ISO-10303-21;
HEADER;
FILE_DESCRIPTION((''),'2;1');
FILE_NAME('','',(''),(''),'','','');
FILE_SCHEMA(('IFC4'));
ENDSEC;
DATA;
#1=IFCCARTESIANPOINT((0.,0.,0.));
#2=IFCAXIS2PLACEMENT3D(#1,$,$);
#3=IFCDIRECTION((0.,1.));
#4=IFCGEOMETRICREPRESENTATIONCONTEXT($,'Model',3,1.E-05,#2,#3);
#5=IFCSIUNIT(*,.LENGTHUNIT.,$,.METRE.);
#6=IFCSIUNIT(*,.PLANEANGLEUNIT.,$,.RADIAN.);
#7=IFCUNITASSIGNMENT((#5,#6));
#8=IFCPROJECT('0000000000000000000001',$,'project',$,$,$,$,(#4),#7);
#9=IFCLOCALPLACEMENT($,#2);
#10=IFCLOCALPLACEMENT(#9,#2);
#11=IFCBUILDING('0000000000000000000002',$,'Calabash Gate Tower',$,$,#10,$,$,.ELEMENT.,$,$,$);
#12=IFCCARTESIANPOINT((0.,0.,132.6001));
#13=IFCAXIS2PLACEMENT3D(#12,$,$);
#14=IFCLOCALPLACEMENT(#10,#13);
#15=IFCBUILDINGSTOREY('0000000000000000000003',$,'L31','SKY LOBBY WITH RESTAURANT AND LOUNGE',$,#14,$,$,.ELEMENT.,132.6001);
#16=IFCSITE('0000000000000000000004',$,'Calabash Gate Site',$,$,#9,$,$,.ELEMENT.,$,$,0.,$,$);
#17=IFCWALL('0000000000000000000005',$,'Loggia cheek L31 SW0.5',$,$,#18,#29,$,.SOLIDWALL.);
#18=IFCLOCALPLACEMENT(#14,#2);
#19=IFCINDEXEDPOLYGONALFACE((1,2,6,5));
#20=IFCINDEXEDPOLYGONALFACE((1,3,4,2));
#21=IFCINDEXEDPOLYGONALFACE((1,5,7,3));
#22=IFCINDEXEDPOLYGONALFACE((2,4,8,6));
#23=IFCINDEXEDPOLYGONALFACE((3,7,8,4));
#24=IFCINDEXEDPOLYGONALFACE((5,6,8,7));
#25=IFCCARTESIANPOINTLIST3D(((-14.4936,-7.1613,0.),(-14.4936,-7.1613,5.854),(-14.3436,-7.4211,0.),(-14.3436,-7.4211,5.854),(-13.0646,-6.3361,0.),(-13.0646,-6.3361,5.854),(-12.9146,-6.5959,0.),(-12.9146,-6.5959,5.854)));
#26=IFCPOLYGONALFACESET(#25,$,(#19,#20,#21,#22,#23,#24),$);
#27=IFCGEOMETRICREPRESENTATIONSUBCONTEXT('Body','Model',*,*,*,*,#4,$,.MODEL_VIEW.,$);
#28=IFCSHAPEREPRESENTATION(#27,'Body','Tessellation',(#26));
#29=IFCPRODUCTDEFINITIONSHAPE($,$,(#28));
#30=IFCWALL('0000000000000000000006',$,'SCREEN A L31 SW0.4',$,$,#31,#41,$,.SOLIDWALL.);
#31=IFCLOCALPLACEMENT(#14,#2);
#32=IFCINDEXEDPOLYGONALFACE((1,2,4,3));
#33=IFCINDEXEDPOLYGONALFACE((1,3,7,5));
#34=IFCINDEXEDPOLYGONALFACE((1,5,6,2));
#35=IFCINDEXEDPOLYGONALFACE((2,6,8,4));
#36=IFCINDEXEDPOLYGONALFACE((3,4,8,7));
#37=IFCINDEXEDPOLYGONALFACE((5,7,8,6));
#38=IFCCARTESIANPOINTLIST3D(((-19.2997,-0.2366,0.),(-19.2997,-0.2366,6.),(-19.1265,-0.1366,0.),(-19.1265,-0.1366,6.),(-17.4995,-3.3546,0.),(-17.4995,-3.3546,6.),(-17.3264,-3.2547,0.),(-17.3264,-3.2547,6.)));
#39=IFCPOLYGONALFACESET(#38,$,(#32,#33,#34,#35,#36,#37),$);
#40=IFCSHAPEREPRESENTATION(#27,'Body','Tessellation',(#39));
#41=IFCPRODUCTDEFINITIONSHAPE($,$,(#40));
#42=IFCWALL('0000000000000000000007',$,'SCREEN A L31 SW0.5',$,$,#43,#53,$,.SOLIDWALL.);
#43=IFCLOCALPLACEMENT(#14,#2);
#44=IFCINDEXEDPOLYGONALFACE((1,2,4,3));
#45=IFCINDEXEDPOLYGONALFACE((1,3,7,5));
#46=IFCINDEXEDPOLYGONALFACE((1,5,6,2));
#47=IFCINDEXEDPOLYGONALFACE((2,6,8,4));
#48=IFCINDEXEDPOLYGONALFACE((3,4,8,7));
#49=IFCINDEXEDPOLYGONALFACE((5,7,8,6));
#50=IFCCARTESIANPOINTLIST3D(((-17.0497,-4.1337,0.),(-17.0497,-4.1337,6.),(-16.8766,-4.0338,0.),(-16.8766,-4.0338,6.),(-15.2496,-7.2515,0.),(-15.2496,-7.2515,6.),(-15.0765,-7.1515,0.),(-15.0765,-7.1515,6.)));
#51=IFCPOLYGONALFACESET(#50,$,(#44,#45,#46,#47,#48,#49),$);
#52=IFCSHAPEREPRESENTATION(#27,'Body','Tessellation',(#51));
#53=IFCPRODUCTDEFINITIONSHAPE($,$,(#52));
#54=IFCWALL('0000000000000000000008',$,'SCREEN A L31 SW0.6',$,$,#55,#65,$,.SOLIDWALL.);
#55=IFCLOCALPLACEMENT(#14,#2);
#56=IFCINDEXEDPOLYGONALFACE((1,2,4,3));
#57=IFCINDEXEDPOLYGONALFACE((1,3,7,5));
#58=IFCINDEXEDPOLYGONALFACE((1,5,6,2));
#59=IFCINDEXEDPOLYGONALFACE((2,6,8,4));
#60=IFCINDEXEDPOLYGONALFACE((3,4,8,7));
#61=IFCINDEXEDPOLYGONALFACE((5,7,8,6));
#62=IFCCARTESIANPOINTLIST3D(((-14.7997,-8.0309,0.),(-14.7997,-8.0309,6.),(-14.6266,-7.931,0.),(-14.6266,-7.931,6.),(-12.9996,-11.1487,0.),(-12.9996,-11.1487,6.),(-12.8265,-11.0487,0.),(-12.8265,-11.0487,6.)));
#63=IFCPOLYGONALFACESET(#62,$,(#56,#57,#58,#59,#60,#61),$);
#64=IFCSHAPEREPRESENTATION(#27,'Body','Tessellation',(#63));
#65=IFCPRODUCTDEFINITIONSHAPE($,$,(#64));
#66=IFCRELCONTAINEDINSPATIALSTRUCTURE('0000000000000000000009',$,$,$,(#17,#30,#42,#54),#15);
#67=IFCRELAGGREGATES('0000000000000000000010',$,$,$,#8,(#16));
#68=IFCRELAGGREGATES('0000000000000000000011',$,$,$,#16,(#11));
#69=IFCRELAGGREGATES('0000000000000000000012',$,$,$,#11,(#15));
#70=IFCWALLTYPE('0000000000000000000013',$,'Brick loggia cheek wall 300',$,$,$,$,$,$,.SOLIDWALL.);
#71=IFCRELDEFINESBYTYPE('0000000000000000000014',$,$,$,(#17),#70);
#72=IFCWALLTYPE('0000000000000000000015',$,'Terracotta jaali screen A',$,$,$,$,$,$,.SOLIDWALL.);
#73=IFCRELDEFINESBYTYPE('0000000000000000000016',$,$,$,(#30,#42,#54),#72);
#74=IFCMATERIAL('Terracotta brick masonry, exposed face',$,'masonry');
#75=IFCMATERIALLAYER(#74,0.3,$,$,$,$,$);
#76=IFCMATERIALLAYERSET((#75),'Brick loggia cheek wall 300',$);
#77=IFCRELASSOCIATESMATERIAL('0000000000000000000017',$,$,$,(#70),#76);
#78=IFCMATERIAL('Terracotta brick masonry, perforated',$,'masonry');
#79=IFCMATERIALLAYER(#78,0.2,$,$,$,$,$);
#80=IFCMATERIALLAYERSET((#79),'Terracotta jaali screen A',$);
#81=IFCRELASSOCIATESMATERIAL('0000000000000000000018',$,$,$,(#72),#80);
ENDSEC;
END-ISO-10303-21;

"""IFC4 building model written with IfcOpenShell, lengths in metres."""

from ifc_helpers import new_model, si_unit, direction, frame, frame_2d, origin, place, context, subcontext, project, spatial, rectangle, extrude, material, layer, layer_set, type_object, element, save


model = new_model("IFC4")

# Units and contexts
model_context = context("Model", 3, precision=1e-05, world=origin(), true_north=direction((0.0, 1.0)))
body_context = subcontext(model_context, "Body", "Model", "MODEL_VIEW")
ifc_project = project(units=[si_unit("LENGTHUNIT", "METRE"), si_unit("PLANEANGLEUNIT", "RADIAN")], contexts=[model_context])

# Site, building, storey
site_placement = place(None, origin())
site = spatial("IfcSite", under=ifc_project, at=site_placement, Name="Calabash Gate Site", CompositionType="ELEMENT", RefElevation=0.0)
building_placement = place(site_placement, origin())
building = spatial("IfcBuilding", under=site, at=building_placement, Name="Calabash Gate Tower", CompositionType="ELEMENT")
storey_placement = place(building_placement, frame((0.0, 0.0, 132.6001)))
storey = spatial("IfcBuildingStorey", under=building, at=storey_placement, Name="L31", Description="SKY LOBBY WITH RESTAURANT AND LOUNGE", CompositionType="ELEMENT", Elevation=132.6001)

# Walls
ifc_material_1 = material(Name="Terracotta brick masonry, exposed face", Category="masonry")
ifc_layer_1 = layer(ifc_material_1, 0.3)
ifc_layer_set_1 = layer_set([ifc_layer_1], Name="Brick loggia cheek wall 300")
wall_type_1 = type_object("IfcWallType", Name="Brick loggia cheek wall 300", PredefinedType="SOLIDWALL", material=ifc_layer_set_1)
wall_1_placement = place(storey_placement, frame((-14.4187, -7.2913, 0.0), z_axis=(0.0, 0.0, 1.0), x_axis=(0.865976, 0.500085, 0.0)))
element("IfcWall", 1, at=wall_1_placement, inside=storey, type_object=wall_type_1, Name="Loggia cheek L31 SW0.5", PredefinedType="SOLIDWALL", context=body_context, shape_type="SweptSolid", body=[
    extrude(rectangle(XDim=1.6501, YDim=0.3, at=frame_2d((0.8252, 0.0))), origin(), (0.0, 0.0, 1.0), 5.854),
])
ifc_material_2 = material(Name="Terracotta brick masonry, perforated", Category="masonry")
ifc_layer_2 = layer(ifc_material_2, 0.2)
ifc_layer_set_2 = layer_set([ifc_layer_2], Name="Terracotta jaali screen A")
wall_type_2 = type_object("IfcWallType", Name="Terracotta jaali screen A", PredefinedType="SOLIDWALL", material=ifc_layer_set_2)
wall_2_placement = place(storey_placement, frame((-19.2131, -0.1865, 0.0), z_axis=(0.0, 0.0, 1.0), x_axis=(0.499983, -0.866035, 0.0)))
element("IfcWall", 2, at=wall_2_placement, inside=storey, type_object=wall_type_2, Name="SCREEN A L31 SW0.4", PredefinedType="SOLIDWALL", context=body_context, shape_type="SweptSolid", body=[
    extrude(rectangle(XDim=3.6003, YDim=0.2, at=frame_2d((1.8003, 0.0))), origin(), (0.0, 0.0, 1.0), 6.0),
])
for number, where, z_axis, x_axis, name in (
    (3, (-16.9631, -4.0837, 0.0), (0.0, 0.0, 1.0), (0.500012, -0.866018, 0.0), "SCREEN A L31 SW0.5"),
    (4, (-14.7131, -7.981, 0.0), (0.0, 0.0, 1.0), (0.500012, -0.866018, 0.0), "SCREEN A L31 SW0.6"),
):
    element("IfcWall", number, at=place(storey_placement, frame(where, z_axis=z_axis, x_axis=x_axis)), inside=storey, type_object=wall_type_2, Name=name, PredefinedType="SOLIDWALL", context=body_context, shape_type="SweptSolid", body=[
        extrude(rectangle(XDim=3.6001, YDim=0.2, at=frame_2d((1.8, 0.0))), origin(), (0.0, 0.0, 1.0), 6.0),
    ])

save(model, "model.ifc")
